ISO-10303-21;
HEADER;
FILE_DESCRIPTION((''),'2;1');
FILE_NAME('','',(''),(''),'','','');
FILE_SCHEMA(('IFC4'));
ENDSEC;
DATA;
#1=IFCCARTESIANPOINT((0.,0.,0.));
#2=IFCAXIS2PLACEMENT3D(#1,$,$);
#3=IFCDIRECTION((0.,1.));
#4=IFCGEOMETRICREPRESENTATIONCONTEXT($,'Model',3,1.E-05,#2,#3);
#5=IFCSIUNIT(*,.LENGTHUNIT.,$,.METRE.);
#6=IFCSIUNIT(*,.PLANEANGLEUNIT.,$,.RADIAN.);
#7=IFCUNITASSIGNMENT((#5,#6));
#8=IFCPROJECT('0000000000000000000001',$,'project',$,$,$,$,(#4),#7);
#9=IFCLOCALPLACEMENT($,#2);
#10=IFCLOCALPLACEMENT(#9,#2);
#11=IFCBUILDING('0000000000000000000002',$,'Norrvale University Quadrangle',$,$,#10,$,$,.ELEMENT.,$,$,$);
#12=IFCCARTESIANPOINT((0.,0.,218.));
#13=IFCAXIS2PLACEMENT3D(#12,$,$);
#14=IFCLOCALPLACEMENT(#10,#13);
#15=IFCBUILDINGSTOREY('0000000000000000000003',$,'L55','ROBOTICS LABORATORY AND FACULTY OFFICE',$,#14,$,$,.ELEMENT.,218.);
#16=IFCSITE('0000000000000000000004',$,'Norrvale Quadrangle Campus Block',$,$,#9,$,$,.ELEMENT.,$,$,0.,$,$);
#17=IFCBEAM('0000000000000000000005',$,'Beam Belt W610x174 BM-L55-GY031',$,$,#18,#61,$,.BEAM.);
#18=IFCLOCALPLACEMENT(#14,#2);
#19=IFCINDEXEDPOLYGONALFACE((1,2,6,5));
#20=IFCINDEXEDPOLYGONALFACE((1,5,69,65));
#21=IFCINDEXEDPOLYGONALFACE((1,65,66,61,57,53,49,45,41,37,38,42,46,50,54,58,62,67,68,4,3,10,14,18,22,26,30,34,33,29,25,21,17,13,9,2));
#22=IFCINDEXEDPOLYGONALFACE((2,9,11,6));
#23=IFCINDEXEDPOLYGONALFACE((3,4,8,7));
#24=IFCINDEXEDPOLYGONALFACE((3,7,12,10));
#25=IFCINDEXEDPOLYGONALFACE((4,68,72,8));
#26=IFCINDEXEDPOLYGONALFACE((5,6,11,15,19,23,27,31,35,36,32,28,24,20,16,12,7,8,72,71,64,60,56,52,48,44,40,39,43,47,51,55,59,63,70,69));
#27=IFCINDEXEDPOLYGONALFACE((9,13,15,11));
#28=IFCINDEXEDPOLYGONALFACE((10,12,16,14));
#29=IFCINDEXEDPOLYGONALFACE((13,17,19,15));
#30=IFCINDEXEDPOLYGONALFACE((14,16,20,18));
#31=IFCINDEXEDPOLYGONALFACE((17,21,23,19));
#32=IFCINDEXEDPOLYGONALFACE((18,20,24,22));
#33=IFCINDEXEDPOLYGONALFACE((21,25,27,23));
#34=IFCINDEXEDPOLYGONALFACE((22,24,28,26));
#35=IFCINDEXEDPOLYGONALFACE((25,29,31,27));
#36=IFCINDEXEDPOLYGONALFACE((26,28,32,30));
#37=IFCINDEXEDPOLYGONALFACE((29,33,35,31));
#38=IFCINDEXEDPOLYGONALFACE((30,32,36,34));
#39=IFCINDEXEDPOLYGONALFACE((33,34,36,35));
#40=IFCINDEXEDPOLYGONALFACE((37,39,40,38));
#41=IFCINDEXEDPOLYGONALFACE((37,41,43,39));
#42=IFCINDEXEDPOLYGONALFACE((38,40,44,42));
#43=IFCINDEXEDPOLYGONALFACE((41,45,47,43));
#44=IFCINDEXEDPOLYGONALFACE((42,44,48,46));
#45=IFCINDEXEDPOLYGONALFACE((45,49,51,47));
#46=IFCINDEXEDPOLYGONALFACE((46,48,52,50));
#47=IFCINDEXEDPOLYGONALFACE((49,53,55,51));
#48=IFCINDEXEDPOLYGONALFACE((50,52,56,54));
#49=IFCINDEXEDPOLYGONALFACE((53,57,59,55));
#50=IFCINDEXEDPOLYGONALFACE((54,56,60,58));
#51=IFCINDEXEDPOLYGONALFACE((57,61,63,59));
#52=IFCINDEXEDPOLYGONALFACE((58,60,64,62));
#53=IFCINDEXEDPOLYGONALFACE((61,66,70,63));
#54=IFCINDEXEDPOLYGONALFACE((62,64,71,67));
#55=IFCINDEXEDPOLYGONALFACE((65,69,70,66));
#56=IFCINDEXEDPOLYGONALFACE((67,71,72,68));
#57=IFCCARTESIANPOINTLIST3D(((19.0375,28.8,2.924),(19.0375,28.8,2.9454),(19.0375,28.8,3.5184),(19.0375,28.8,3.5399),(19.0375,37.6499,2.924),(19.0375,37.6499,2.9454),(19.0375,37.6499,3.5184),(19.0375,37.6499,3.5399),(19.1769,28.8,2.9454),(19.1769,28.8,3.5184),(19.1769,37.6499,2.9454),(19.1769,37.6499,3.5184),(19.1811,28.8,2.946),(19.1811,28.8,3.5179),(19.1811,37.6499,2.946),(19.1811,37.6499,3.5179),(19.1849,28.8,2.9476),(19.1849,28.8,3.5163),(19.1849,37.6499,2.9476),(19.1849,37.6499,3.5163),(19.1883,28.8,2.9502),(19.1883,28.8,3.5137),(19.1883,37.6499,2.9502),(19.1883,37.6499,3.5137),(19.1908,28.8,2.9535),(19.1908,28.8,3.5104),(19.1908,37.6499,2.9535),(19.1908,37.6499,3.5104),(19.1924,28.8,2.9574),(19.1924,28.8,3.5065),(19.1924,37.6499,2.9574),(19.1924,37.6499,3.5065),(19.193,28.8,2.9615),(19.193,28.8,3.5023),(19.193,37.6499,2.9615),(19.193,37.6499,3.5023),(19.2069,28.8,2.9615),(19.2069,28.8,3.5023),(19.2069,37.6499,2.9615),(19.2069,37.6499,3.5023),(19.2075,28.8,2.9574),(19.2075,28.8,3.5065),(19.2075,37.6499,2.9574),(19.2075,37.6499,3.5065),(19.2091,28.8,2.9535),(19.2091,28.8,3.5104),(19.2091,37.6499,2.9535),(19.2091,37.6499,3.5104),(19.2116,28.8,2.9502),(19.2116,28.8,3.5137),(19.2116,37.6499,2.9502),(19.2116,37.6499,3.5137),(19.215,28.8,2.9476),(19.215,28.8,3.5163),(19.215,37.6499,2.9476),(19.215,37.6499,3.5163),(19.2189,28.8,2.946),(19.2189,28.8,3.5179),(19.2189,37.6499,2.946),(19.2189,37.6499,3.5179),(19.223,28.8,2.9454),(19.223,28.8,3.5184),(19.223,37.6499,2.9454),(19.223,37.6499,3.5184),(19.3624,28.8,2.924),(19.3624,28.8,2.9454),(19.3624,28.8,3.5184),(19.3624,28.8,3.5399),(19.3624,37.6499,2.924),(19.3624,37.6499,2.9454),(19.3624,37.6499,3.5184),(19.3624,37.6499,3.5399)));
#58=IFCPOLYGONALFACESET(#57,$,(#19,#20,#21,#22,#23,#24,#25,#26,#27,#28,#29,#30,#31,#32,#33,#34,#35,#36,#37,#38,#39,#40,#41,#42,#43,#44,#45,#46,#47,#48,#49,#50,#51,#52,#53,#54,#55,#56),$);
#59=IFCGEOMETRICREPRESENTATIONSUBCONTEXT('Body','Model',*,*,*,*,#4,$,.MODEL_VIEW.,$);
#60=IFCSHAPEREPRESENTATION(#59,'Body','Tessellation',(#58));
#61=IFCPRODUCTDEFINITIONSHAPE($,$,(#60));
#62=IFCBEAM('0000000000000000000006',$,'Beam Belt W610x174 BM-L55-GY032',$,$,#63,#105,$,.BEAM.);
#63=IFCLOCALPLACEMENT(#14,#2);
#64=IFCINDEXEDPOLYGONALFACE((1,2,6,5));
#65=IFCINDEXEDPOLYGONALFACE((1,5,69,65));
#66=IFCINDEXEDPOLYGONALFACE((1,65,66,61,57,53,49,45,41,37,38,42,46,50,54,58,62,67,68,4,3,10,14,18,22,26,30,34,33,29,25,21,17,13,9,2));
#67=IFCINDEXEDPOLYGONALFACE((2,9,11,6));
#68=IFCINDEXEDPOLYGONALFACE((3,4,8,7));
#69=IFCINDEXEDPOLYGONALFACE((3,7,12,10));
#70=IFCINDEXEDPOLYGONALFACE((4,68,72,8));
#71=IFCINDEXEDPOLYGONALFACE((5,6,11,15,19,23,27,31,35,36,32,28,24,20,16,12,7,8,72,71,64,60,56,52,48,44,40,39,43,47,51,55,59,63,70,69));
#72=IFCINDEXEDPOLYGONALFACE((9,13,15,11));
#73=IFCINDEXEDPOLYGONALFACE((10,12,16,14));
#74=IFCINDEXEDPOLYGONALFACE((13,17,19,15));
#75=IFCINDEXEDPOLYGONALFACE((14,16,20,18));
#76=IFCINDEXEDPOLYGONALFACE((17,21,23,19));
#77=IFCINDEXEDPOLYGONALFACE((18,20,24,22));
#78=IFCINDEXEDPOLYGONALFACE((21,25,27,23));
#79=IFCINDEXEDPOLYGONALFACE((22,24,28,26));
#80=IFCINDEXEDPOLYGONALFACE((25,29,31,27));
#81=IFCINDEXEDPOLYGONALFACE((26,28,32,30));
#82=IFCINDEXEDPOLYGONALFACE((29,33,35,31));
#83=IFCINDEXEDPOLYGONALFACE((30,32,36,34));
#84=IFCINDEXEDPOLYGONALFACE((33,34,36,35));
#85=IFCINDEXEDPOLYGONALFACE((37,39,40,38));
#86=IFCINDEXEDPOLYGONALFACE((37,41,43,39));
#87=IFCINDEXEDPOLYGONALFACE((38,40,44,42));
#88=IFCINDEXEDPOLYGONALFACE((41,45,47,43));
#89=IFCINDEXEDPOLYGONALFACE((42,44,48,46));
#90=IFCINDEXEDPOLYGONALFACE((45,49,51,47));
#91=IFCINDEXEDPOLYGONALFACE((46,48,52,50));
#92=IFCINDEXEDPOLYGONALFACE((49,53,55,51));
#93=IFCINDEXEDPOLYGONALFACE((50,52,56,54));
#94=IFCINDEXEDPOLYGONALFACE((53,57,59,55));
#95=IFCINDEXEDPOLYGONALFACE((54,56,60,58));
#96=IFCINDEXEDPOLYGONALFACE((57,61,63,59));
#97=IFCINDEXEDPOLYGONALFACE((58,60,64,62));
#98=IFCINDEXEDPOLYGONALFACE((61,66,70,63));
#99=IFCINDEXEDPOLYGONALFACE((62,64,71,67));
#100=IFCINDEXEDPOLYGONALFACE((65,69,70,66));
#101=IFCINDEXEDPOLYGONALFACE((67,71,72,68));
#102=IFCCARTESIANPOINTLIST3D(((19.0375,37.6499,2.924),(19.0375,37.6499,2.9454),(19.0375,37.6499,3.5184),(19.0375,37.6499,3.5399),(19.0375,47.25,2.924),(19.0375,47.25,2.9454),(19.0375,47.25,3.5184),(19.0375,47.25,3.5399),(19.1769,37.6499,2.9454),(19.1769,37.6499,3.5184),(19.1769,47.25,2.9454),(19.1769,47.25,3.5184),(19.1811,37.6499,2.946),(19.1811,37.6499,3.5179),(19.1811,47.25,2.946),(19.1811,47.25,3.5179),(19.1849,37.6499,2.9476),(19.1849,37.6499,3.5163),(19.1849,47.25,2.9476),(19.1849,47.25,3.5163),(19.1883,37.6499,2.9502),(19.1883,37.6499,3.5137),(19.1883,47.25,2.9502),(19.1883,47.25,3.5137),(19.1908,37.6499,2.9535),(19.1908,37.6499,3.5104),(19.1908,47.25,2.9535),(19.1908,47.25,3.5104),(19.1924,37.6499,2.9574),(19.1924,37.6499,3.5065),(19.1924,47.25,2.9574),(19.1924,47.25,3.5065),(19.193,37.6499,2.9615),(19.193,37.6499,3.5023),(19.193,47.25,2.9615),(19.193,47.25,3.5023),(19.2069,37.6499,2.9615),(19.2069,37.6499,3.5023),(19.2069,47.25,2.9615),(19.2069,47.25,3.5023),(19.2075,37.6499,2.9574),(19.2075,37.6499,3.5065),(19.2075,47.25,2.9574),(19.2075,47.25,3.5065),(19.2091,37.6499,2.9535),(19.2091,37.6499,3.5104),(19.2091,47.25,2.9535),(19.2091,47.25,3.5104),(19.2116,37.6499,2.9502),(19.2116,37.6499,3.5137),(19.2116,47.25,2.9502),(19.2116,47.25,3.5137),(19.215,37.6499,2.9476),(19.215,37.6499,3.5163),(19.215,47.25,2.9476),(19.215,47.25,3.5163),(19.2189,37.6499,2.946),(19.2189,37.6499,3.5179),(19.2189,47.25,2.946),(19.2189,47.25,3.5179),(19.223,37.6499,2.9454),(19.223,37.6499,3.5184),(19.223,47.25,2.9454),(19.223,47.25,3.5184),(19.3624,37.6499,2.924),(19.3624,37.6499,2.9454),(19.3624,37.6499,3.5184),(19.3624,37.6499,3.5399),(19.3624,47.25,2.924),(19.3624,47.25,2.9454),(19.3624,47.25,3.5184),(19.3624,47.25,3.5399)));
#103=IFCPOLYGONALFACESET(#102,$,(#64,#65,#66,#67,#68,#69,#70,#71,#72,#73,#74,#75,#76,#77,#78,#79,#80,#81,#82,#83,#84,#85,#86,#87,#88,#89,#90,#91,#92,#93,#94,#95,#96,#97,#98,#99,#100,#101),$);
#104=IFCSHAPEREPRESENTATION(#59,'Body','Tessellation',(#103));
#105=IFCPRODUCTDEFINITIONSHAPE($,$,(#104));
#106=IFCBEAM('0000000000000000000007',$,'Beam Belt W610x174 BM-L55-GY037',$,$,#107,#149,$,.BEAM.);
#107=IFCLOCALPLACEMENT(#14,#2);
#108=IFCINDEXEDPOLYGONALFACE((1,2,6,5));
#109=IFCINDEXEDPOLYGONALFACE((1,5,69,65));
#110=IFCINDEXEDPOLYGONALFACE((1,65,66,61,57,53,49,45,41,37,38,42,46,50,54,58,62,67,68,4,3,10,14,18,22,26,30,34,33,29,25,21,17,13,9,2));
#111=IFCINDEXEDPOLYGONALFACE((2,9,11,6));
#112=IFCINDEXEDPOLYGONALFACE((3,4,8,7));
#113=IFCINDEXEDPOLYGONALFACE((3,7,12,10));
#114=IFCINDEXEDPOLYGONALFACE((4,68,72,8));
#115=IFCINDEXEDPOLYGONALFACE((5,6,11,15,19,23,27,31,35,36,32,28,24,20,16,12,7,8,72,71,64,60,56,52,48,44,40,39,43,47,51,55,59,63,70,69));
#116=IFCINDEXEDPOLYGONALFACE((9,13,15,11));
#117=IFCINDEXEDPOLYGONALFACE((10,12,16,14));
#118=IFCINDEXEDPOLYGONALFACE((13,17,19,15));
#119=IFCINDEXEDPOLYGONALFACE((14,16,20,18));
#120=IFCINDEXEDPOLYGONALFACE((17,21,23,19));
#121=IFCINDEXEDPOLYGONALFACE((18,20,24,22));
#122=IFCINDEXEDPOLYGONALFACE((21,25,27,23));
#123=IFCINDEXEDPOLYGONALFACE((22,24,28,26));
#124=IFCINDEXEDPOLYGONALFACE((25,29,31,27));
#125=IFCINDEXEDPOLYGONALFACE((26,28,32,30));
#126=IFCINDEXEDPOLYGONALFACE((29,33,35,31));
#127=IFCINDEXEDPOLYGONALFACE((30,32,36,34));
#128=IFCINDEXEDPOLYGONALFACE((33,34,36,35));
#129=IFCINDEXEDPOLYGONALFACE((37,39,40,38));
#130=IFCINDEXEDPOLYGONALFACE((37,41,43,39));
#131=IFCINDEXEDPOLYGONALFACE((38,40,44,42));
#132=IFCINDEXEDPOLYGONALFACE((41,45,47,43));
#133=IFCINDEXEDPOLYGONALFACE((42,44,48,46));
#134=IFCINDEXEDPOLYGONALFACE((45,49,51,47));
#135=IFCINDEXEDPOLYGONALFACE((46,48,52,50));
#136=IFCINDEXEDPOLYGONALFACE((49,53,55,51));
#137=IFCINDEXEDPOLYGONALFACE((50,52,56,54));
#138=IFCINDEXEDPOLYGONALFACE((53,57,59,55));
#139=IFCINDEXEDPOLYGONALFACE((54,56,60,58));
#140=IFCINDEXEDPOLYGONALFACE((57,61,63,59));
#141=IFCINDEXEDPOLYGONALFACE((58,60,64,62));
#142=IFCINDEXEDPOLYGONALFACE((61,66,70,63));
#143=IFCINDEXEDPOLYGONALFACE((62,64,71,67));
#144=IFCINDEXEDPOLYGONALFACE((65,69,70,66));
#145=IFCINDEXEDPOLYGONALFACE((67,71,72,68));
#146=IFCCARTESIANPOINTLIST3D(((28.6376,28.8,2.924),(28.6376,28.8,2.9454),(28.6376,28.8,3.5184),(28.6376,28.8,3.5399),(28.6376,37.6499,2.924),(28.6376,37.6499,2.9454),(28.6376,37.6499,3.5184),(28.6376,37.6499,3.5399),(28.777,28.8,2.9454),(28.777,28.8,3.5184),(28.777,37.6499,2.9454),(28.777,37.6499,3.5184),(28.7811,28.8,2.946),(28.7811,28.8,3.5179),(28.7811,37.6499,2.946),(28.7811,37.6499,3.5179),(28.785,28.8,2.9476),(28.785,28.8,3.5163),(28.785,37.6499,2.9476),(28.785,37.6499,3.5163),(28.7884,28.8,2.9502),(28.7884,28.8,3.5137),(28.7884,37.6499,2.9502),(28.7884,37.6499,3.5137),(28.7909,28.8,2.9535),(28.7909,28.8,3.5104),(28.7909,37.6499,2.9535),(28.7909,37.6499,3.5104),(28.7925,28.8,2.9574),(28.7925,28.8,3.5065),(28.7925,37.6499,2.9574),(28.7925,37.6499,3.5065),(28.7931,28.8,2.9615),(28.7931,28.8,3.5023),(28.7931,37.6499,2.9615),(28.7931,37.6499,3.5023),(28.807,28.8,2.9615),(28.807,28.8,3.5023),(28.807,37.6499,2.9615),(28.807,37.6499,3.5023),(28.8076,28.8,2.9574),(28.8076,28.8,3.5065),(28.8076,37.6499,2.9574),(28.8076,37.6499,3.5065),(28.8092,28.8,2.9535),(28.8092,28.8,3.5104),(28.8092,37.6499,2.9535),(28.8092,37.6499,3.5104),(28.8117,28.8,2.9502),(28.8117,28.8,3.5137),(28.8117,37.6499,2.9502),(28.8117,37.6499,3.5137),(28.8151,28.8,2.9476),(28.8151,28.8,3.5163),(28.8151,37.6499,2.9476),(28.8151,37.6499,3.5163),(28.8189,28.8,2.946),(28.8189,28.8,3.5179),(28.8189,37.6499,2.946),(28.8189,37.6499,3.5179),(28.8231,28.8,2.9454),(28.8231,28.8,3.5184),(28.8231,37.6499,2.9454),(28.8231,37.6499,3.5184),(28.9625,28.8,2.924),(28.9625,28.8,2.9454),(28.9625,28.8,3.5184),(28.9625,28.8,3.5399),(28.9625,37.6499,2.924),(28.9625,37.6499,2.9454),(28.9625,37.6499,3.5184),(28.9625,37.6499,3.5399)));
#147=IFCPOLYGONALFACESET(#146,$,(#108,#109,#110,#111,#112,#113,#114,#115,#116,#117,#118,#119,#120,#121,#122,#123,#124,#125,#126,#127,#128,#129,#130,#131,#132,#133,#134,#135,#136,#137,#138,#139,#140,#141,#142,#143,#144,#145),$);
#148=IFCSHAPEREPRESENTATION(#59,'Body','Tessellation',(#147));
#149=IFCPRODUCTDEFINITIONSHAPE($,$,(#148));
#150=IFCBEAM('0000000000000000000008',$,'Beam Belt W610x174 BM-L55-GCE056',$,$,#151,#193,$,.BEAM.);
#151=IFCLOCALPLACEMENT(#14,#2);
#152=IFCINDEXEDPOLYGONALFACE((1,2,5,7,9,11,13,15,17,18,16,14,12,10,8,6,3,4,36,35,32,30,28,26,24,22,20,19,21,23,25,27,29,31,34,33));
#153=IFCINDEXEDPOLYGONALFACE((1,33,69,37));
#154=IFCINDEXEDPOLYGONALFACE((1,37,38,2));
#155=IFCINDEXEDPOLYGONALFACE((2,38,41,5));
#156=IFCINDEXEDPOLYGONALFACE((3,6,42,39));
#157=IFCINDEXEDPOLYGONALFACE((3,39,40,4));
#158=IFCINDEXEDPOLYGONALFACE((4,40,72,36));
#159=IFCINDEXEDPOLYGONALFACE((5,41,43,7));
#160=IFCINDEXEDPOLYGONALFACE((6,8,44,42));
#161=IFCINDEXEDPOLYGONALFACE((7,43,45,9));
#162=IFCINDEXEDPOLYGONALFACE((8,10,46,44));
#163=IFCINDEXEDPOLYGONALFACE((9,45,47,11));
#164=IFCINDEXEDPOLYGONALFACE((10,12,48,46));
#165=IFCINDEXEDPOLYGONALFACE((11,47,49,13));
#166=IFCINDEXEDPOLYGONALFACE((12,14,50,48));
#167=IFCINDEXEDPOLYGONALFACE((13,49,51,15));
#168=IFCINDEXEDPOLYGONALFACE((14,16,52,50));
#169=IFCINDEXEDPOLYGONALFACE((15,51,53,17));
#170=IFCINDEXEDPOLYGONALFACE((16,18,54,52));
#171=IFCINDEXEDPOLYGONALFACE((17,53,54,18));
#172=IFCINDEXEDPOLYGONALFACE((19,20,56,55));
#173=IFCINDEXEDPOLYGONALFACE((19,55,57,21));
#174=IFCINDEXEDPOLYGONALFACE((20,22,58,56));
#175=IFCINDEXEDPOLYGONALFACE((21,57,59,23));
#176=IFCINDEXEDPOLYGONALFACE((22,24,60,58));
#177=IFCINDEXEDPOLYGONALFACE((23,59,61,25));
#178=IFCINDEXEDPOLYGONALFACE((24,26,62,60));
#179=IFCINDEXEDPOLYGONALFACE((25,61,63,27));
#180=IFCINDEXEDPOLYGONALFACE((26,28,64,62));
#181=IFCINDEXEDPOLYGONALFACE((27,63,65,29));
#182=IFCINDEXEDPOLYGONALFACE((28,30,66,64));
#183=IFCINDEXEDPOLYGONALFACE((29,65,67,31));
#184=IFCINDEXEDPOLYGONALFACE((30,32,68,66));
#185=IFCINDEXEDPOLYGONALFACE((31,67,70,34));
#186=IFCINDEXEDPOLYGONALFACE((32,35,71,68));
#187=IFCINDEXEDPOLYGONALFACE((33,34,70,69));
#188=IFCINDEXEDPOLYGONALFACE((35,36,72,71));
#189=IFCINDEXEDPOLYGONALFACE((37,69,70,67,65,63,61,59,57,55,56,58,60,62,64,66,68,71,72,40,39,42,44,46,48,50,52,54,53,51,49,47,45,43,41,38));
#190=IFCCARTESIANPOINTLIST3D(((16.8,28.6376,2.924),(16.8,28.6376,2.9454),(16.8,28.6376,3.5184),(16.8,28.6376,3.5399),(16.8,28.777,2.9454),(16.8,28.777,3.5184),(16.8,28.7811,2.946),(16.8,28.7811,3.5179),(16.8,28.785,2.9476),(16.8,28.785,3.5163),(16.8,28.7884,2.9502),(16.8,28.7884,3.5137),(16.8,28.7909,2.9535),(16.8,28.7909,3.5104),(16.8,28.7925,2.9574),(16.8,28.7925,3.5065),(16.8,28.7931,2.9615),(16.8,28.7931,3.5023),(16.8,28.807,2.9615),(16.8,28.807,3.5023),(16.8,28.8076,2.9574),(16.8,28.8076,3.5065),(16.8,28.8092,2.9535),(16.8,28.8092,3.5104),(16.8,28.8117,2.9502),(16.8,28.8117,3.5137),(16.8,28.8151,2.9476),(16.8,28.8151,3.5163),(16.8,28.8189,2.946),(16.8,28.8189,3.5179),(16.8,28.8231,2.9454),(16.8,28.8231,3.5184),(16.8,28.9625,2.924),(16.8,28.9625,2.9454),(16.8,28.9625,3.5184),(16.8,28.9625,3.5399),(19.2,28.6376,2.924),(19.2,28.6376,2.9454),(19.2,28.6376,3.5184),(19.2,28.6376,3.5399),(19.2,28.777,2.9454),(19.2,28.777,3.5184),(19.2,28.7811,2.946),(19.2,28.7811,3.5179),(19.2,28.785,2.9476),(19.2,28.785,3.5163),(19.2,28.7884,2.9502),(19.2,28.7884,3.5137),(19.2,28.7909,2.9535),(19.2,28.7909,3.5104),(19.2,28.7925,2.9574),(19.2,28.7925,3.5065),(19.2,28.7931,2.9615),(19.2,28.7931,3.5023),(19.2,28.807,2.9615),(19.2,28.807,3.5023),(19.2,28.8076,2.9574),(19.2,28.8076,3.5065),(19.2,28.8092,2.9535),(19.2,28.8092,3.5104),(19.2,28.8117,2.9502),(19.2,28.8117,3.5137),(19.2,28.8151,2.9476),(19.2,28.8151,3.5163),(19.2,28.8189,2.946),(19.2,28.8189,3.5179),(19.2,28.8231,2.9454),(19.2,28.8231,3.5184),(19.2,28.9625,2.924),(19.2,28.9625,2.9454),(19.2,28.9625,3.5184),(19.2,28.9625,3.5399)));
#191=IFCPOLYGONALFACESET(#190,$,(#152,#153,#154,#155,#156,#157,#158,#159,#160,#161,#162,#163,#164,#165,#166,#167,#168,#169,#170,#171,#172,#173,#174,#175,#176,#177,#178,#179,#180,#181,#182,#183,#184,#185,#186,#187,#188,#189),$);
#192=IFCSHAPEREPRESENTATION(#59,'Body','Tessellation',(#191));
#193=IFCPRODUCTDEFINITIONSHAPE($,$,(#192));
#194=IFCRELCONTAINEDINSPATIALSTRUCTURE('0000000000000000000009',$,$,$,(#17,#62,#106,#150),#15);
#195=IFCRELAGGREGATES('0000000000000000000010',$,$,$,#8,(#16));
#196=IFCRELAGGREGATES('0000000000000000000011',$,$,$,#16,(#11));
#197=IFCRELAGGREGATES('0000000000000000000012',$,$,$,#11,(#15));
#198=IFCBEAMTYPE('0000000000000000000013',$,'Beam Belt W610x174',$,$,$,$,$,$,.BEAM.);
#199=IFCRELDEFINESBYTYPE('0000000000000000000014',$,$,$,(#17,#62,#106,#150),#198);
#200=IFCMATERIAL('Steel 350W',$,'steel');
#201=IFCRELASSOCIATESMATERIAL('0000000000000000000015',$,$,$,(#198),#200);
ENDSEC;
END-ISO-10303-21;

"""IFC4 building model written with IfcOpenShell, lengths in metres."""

from ifc_helpers import new_model, si_unit, direction, frame, origin, origin_2d, place, context, subcontext, project, spatial, i_section, extrude, material, material_profile, profile_set, type_object, element, save


model = new_model("IFC4")

# Units and contexts
model_context = context("Model", 3, precision=1e-05, world=origin(), true_north=direction((0.0, 1.0)))
body_context = subcontext(model_context, "Body", "Model", "MODEL_VIEW")
ifc_project = project(units=[si_unit("LENGTHUNIT", "METRE"), si_unit("PLANEANGLEUNIT", "RADIAN")], contexts=[model_context])

# Site, building, storey
site_placement = place(None, origin())
site = spatial("IfcSite", under=ifc_project, at=site_placement, Name="Norrvale Quadrangle Campus Block", CompositionType="ELEMENT", RefElevation=0.0)
building_placement = place(site_placement, origin())
building = spatial("IfcBuilding", under=site, at=building_placement, Name="Norrvale University Quadrangle", CompositionType="ELEMENT")
storey_placement = place(building_placement, frame((0.0, 0.0, 218.0)))
storey = spatial("IfcBuildingStorey", under=building, at=storey_placement, Name="L55", Description="ROBOTICS LABORATORY AND FACULTY OFFICE", CompositionType="ELEMENT", Elevation=218.0)

# Beams
ifc_material_1 = material(Name="Steel 350W", Category="steel")
ifc_material_profile_1 = material_profile(ifc_material_1, i_section(OverallWidth=0.325, OverallDepth=0.616, WebThickness=0.0139, FlangeThickness=0.0215, FilletRadius=0.0161, at=origin_2d()), Name="Steel 350W")
ifc_profile_set_1 = profile_set([ifc_material_profile_1], Name="Steel 350W")
beam_type_1 = type_object("IfcBeamType", Name="Beam Belt W610x174", PredefinedType="BEAM", material=ifc_profile_set_1)
beam_1_placement = place(storey_placement, frame((19.2, 28.8, 3.2319), z_axis=(0.0, 1.0, 0.0), x_axis=(-1.0, 0.0, 0.0)))
element("IfcBeam", 1, at=beam_1_placement, inside=storey, type_object=beam_type_1, Name="Beam Belt W610x174 BM-L55-GY031", PredefinedType="BEAM", context=body_context, shape_type="SweptSolid", body=[
    extrude(i_section(OverallWidth=0.325, OverallDepth=0.616, WebThickness=0.0139, FlangeThickness=0.0215, FilletRadius=0.0161, at=origin_2d()), origin(), (0.0, 0.0, 1.0), 8.8499),
])
beam_2_placement = place(storey_placement, frame((19.2, 37.6499, 3.2319), z_axis=(0.0, 1.0, 0.0), x_axis=(-1.0, 0.0, 0.0)))
element("IfcBeam", 2, at=beam_2_placement, inside=storey, type_object=beam_type_1, Name="Beam Belt W610x174 BM-L55-GY032", PredefinedType="BEAM", context=body_context, shape_type="SweptSolid", body=[
    extrude(i_section(OverallWidth=0.325, OverallDepth=0.616, WebThickness=0.0139, FlangeThickness=0.0215, FilletRadius=0.0161, at=origin_2d()), origin(), (0.0, 0.0, 1.0), 9.6001),
])
beam_3_placement = place(storey_placement, frame((28.8, 28.8, 3.2319), z_axis=(0.0, 1.0, 0.0), x_axis=(-1.0, 0.0, 0.0)))
element("IfcBeam", 3, at=beam_3_placement, inside=storey, type_object=beam_type_1, Name="Beam Belt W610x174 BM-L55-GY037", PredefinedType="BEAM", context=body_context, shape_type="SweptSolid", body=[
    extrude(i_section(OverallWidth=0.325, OverallDepth=0.616, WebThickness=0.0139, FlangeThickness=0.0215, FilletRadius=0.0161, at=origin_2d()), origin(), (0.0, 0.0, 1.0), 8.8499),
])
for number, where, z_axis, x_axis, name in (
    (4, (16.8, 28.8, 3.2319), (1.0, 0.0, 0.0), (0.0, 1.0, 0.0), "Beam Belt W610x174 BM-L55-GCE056"),
):
    element("IfcBeam", number, at=place(storey_placement, frame(where, z_axis=z_axis, x_axis=x_axis)), inside=storey, type_object=beam_type_1, Name=name, PredefinedType="BEAM", context=body_context, shape_type="SweptSolid", body=[
        extrude(i_section(OverallWidth=0.325, OverallDepth=0.616, WebThickness=0.0139, FlangeThickness=0.0215, FilletRadius=0.0161, at=origin_2d()), origin(), (0.0, 0.0, 1.0), 2.3999),
    ])

save(model, "model.ifc")
